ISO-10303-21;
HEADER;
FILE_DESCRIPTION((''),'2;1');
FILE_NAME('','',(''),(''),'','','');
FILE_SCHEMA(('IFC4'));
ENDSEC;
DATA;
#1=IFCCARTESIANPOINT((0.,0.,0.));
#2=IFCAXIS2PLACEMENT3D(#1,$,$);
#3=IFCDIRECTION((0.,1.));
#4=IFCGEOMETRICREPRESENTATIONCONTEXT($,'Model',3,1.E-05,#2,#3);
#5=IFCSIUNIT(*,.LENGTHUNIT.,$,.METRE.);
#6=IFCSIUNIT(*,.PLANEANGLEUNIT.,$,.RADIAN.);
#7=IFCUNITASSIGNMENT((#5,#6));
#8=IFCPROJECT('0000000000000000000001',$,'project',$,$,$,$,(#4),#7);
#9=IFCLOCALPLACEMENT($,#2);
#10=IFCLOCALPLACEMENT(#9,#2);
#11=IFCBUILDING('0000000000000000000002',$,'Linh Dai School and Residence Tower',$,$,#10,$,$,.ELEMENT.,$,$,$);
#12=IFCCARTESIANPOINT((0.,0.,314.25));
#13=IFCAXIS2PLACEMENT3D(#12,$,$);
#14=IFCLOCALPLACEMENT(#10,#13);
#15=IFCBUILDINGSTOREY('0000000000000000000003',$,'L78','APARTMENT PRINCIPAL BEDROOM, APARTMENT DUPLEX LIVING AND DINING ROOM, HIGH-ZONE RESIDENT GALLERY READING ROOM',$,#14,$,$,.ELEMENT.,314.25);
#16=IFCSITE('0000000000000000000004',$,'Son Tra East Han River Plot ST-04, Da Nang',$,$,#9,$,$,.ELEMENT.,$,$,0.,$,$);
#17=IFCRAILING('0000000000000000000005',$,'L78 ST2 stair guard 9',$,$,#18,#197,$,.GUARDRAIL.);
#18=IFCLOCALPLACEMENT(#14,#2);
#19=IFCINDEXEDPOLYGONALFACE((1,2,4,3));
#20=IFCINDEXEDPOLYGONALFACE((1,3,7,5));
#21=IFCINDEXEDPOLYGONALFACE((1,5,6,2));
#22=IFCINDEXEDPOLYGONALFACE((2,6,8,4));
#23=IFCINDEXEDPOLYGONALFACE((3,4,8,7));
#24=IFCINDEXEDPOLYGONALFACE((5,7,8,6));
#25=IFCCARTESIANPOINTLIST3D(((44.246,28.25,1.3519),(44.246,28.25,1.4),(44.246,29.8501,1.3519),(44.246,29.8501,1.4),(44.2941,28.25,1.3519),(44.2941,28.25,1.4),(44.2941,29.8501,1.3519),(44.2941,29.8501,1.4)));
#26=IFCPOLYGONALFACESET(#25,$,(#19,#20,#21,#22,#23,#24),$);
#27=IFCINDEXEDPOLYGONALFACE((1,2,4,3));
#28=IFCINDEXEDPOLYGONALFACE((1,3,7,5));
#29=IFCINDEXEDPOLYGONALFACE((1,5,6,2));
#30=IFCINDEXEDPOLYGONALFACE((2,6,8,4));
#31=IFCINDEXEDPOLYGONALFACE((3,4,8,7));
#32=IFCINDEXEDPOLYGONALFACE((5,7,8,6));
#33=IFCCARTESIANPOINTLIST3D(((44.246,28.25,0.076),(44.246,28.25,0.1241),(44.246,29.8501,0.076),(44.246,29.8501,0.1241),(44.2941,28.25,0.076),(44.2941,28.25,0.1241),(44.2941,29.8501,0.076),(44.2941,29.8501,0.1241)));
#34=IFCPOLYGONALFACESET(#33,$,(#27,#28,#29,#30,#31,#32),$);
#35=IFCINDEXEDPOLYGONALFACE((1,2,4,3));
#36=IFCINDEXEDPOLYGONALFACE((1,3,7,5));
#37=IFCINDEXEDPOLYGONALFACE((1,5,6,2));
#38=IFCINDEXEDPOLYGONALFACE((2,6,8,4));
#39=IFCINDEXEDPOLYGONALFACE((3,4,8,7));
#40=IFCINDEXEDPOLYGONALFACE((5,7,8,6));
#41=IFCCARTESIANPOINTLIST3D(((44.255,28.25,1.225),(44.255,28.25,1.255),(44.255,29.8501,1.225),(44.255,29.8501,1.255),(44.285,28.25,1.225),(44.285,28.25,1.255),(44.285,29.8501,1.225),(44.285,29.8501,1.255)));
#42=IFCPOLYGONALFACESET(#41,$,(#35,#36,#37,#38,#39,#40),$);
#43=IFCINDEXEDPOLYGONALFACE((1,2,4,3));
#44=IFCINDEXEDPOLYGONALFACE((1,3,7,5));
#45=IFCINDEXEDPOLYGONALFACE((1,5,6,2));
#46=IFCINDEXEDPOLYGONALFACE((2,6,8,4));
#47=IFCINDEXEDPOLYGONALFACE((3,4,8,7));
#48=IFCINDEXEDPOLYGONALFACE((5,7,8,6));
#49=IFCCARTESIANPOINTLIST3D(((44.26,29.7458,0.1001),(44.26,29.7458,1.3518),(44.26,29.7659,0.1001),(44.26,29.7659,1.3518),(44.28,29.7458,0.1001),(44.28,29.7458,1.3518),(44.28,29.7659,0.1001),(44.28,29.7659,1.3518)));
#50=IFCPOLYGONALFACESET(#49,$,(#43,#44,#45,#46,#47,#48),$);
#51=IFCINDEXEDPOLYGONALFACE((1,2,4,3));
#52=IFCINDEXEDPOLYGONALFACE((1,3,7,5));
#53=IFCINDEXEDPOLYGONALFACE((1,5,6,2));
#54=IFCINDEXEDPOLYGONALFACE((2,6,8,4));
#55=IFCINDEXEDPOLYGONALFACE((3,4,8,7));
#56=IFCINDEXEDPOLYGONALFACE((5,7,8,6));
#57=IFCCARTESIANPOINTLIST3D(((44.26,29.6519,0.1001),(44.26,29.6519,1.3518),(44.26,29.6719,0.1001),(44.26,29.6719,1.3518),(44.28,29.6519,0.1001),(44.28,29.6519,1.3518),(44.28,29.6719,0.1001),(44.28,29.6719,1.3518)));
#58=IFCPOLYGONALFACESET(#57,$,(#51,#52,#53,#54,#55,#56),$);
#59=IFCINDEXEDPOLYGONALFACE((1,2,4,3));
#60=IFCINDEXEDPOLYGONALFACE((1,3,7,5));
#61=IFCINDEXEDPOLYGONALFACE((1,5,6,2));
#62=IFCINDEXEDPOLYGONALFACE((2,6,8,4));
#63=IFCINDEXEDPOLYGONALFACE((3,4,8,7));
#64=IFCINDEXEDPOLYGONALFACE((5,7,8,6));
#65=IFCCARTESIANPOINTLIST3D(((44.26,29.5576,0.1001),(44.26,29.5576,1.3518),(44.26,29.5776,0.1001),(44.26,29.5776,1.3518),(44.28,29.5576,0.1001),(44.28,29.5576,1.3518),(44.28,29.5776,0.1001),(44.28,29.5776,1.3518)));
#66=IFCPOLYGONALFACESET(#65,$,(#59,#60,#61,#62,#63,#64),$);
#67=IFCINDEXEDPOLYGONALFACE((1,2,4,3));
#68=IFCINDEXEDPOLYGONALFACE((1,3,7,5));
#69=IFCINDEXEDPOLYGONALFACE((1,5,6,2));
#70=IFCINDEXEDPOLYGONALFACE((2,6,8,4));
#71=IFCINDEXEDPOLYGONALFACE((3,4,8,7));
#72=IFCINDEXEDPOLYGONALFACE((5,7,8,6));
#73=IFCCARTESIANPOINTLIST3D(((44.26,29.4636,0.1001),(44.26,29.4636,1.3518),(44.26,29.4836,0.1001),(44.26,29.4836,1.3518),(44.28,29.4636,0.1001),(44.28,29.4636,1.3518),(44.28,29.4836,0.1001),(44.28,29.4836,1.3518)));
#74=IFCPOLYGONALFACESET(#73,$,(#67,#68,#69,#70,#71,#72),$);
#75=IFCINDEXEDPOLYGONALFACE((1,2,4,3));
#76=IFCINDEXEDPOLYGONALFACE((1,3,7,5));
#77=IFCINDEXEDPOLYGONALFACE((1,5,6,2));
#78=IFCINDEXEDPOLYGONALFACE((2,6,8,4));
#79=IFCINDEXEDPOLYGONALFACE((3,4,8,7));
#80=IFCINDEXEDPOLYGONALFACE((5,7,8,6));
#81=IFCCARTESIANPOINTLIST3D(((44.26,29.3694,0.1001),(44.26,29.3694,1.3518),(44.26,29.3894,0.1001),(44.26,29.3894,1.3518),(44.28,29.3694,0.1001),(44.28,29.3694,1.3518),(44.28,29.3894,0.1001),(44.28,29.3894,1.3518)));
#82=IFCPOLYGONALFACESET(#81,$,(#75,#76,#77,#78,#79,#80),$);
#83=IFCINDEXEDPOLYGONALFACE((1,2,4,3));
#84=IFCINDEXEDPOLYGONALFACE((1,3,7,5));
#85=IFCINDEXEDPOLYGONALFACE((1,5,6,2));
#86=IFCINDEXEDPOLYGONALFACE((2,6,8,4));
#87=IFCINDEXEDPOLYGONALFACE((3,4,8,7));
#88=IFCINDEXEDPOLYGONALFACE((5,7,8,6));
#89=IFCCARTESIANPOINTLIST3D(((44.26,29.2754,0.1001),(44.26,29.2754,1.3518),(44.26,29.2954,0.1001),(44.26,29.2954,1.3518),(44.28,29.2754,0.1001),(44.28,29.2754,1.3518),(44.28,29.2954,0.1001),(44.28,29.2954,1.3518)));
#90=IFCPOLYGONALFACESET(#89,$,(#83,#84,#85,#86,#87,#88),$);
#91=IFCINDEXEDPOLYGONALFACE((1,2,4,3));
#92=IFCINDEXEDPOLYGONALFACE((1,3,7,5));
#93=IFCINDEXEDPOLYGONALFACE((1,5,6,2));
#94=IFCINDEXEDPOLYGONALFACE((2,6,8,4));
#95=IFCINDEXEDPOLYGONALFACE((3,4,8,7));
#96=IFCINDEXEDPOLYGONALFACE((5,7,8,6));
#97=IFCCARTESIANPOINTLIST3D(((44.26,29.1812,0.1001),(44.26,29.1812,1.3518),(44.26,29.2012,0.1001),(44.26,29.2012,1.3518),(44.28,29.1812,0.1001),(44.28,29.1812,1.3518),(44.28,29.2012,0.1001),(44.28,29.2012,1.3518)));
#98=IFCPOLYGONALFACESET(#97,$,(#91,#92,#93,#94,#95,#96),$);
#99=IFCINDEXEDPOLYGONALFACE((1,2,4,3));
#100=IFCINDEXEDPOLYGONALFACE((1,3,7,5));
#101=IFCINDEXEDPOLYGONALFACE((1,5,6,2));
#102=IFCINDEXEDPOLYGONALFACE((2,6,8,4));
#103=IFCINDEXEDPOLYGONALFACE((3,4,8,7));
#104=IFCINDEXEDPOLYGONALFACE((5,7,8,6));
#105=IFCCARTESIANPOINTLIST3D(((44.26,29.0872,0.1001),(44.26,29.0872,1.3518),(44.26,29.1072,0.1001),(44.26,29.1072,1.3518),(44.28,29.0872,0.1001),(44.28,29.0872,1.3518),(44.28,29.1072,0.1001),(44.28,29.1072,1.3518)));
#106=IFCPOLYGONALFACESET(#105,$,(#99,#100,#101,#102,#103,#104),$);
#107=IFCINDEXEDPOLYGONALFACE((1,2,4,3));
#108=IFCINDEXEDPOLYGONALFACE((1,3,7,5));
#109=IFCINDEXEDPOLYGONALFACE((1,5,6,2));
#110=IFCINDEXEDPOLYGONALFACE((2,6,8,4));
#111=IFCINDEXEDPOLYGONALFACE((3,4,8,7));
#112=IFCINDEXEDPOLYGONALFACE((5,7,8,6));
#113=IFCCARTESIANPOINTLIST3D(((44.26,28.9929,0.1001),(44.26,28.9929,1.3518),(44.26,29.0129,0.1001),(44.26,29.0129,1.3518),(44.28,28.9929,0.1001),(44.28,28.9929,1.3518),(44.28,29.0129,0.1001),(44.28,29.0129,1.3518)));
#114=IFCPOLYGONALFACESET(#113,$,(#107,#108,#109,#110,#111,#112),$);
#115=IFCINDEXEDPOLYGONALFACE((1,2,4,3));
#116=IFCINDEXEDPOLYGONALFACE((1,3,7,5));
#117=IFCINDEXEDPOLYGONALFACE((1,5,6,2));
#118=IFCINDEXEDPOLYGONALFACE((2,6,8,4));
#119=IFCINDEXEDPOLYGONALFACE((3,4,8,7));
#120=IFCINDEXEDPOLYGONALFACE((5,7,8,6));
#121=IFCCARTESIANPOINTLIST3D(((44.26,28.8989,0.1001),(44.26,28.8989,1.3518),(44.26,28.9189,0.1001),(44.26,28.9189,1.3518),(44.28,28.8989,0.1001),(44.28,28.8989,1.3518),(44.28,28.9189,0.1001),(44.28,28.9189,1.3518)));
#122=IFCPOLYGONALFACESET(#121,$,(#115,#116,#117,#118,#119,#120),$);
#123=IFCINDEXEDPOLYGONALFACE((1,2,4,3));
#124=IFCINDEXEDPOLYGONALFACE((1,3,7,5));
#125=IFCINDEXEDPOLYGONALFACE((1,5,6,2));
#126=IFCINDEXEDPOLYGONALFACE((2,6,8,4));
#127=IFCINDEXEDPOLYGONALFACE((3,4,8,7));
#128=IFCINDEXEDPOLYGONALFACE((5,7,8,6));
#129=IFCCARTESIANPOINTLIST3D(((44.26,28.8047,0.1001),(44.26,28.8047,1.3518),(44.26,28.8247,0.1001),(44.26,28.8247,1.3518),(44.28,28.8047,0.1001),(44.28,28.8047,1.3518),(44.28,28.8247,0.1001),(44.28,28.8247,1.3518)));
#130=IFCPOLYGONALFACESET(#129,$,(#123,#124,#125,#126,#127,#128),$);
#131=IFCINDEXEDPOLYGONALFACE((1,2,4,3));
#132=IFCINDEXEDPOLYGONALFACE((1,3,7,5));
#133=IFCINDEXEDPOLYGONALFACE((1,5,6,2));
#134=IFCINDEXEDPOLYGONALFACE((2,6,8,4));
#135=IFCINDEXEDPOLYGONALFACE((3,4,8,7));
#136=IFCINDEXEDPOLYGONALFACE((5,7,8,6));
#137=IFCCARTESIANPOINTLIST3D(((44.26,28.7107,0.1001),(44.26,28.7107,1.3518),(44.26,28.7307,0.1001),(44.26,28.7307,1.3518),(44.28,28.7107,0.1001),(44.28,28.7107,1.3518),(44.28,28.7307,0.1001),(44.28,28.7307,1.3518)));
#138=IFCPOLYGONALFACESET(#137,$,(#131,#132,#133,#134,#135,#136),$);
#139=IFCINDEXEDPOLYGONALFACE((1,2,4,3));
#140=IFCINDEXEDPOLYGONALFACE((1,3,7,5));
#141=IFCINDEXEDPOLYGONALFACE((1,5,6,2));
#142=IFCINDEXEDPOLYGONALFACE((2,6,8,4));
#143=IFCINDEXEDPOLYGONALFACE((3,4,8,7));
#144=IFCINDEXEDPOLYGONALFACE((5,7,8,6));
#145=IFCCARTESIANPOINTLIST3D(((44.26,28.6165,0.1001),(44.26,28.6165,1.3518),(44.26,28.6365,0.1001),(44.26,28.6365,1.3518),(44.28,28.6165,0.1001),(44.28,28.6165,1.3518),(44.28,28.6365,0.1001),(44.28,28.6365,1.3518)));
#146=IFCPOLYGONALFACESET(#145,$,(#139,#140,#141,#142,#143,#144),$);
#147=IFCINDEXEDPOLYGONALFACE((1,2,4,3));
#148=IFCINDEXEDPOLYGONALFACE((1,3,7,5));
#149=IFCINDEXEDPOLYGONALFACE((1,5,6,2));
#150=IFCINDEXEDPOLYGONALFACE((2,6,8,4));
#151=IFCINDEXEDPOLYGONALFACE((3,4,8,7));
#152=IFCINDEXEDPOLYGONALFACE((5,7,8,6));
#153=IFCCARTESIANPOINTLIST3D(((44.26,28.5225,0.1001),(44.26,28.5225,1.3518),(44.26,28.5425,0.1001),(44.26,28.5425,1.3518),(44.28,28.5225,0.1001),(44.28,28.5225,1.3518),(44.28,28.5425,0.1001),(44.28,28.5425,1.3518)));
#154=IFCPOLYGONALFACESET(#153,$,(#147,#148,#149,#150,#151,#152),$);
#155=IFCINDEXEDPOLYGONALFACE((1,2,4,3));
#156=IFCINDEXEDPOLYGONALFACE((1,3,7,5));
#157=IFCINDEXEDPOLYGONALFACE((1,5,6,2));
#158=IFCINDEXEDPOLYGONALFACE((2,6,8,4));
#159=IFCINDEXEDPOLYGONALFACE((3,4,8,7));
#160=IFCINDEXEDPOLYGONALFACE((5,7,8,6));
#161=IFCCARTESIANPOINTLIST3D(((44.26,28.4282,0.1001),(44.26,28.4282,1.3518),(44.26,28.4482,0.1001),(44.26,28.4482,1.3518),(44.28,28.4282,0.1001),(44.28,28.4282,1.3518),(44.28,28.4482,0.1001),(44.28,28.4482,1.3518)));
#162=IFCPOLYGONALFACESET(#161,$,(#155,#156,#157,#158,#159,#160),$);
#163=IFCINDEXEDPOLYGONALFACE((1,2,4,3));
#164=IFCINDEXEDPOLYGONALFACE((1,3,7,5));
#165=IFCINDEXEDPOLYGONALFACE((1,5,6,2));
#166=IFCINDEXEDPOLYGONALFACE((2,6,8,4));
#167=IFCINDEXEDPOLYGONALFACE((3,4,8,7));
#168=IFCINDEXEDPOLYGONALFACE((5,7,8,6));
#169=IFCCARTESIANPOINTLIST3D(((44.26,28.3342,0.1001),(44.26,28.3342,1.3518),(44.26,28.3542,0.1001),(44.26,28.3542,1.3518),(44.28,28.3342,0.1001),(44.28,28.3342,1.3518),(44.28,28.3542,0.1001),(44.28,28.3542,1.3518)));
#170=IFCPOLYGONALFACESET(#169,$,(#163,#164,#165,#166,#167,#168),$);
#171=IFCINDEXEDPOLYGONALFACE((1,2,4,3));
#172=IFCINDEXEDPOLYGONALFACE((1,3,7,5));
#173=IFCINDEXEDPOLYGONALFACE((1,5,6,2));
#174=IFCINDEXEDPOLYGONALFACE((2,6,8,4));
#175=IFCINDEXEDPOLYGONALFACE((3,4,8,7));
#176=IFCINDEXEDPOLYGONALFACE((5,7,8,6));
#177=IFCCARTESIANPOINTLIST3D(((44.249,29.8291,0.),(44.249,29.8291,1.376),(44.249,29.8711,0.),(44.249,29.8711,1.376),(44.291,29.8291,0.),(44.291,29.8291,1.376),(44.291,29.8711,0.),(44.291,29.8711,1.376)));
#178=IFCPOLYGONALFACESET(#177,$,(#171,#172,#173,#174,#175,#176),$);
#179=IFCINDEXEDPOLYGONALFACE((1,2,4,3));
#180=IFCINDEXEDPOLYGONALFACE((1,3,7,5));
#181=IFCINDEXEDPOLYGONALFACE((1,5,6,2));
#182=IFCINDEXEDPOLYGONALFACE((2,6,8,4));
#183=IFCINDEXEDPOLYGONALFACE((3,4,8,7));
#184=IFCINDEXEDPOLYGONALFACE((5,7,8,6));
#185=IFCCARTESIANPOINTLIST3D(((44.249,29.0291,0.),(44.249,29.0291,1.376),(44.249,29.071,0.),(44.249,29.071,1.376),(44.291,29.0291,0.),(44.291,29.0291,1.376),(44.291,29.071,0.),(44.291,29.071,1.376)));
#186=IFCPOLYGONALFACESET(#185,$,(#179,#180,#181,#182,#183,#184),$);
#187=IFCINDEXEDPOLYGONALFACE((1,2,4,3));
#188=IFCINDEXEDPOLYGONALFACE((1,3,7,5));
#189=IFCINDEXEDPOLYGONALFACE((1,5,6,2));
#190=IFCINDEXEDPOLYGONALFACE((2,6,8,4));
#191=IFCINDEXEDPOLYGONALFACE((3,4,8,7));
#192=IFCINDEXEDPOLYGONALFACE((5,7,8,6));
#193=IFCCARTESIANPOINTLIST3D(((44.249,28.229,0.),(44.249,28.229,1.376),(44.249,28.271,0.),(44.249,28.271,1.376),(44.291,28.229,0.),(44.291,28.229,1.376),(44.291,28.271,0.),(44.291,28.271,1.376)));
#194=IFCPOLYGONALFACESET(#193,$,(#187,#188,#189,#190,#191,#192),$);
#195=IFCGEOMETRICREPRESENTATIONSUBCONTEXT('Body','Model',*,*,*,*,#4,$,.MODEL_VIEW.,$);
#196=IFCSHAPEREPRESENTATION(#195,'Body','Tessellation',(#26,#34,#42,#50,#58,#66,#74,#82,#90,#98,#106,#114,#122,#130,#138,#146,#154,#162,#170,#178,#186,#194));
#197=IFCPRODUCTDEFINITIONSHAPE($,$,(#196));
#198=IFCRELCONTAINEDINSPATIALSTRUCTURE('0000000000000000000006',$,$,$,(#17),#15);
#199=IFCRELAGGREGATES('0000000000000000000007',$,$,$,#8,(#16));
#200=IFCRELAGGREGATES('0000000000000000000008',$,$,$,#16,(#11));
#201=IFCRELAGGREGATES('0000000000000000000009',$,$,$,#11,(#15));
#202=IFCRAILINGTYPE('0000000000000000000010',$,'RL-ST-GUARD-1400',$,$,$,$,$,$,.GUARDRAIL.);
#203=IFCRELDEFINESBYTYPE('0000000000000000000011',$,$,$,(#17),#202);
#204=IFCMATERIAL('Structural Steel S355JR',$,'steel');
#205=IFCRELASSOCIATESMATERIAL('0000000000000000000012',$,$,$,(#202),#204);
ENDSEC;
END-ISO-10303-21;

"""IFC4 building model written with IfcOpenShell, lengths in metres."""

from ifc_helpers import new_model, si_unit, direction, frame, origin, origin_2d, place, context, subcontext, project, spatial, rectangle, extrude, source, transform, mapped, material, type_object, element, save


model = new_model("IFC4")

# Units and contexts
model_context = context("Model", 3, precision=1e-05, world=origin(), true_north=direction((0.0, 1.0)))
body_context = subcontext(model_context, "Body", "Model", "MODEL_VIEW")
ifc_project = project(units=[si_unit("LENGTHUNIT", "METRE"), si_unit("PLANEANGLEUNIT", "RADIAN")], contexts=[model_context])

# Site, building, storey
site_placement = place(None, origin())
site = spatial("IfcSite", under=ifc_project, at=site_placement, Name="Son Tra East Han River Plot ST-04, Da Nang", CompositionType="ELEMENT", RefElevation=0.0)
building_placement = place(site_placement, origin())
building = spatial("IfcBuilding", under=site, at=building_placement, Name="Linh Dai School and Residence Tower", CompositionType="ELEMENT")
storey_placement = place(building_placement, frame((0.0, 0.0, 314.25)))
storey = spatial("IfcBuildingStorey", under=building, at=storey_placement, Name="L78", Description="APARTMENT PRINCIPAL BEDROOM, APARTMENT DUPLEX LIVING AND DINING ROOM, HIGH-ZONE RESIDENT GALLERY READING ROOM", CompositionType="ELEMENT", Elevation=314.25)

# Shared definitions
ifc_material_1 = material(Name="Structural Steel S355JR", Category="steel")

# Railing
railing_type_1 = type_object("IfcRailingType", Name="RL-ST-GUARD-1400", PredefinedType="GUARDRAIL", material=ifc_material_1)
shared_shape_1 = source(origin(), body_context, "Body", "SweptSolid", [
    extrude(rectangle(XDim=0.0481, YDim=0.0481, at=origin_2d()), frame((0.0, 0.0, 1.376), z_axis=(0.0, -1.0, 0.0), x_axis=(1.0, 0.0, 0.0)), (0.0, 0.0, 1.0), 1.6001),
    extrude(rectangle(XDim=0.0481, YDim=0.0481, at=origin_2d()), frame((0.0, 0.0, 0.1001), z_axis=(0.0, -1.0, 0.0), x_axis=(1.0, 0.0, 0.0)), (0.0, 0.0, 1.0), 1.6001),
    extrude(rectangle(XDim=0.03, YDim=0.03, at=origin_2d()), frame((0.0, 0.0, 1.24), z_axis=(0.0, -1.0, 0.0), x_axis=(1.0, 0.0, 0.0)), (0.0, 0.0, 1.0), 1.6001),
    extrude(rectangle(XDim=0.02, YDim=0.02, at=origin_2d()), frame((0.0, -0.0942, 0.1001)), (0.0, 0.0, 1.0), 1.2517),
    extrude(rectangle(XDim=0.02, YDim=0.02, at=origin_2d()), frame((0.0, -0.1882, 0.1001)), (0.0, 0.0, 1.0), 1.2517),
    extrude(rectangle(XDim=0.02, YDim=0.02, at=origin_2d()), frame((0.0, -0.2825, 0.1001)), (0.0, 0.0, 1.0), 1.2517),
    extrude(rectangle(XDim=0.02, YDim=0.02, at=origin_2d()), frame((0.0, -0.3765, 0.1001)), (0.0, 0.0, 1.0), 1.2517),
    extrude(rectangle(XDim=0.02, YDim=0.02, at=origin_2d()), frame((0.0, -0.4707, 0.1001)), (0.0, 0.0, 1.0), 1.2517),
    extrude(rectangle(XDim=0.02, YDim=0.02, at=origin_2d()), frame((0.0, -0.5647, 0.1001)), (0.0, 0.0, 1.0), 1.2517),
    extrude(rectangle(XDim=0.02, YDim=0.02, at=origin_2d()), frame((0.0, -0.6589, 0.1001)), (0.0, 0.0, 1.0), 1.2517),
    extrude(rectangle(XDim=0.02, YDim=0.02, at=origin_2d()), frame((0.0, -0.7529, 0.1001)), (0.0, 0.0, 1.0), 1.2517),
    extrude(rectangle(XDim=0.02, YDim=0.02, at=origin_2d()), frame((0.0, -0.8472, 0.1001)), (0.0, 0.0, 1.0), 1.2517),
    extrude(rectangle(XDim=0.02, YDim=0.02, at=origin_2d()), frame((0.0, -0.9412, 0.1001)), (0.0, 0.0, 1.0), 1.2517),
    extrude(rectangle(XDim=0.02, YDim=0.02, at=origin_2d()), frame((0.0, -1.0354, 0.1001)), (0.0, 0.0, 1.0), 1.2517),
    extrude(rectangle(XDim=0.02, YDim=0.02, at=origin_2d()), frame((0.0, -1.1294, 0.1001)), (0.0, 0.0, 1.0), 1.2517),
    extrude(rectangle(XDim=0.02, YDim=0.02, at=origin_2d()), frame((0.0, -1.2236, 0.1001)), (0.0, 0.0, 1.0), 1.2517),
    extrude(rectangle(XDim=0.02, YDim=0.02, at=origin_2d()), frame((0.0, -1.3176, 0.1001)), (0.0, 0.0, 1.0), 1.2517),
    extrude(rectangle(XDim=0.02, YDim=0.02, at=origin_2d()), frame((0.0, -1.4119, 0.1001)), (0.0, 0.0, 1.0), 1.2517),
    extrude(rectangle(XDim=0.02, YDim=0.02, at=origin_2d()), frame((0.0, -1.5059, 0.1001)), (0.0, 0.0, 1.0), 1.2517),
    extrude(rectangle(XDim=0.042, YDim=0.042, at=origin_2d()), origin(), (0.0, 0.0, 1.0), 1.376),
    extrude(rectangle(XDim=0.042, YDim=0.042, at=origin_2d()), frame((0.0, -0.8, 0.0)), (0.0, 0.0, 1.0), 1.376),
    extrude(rectangle(XDim=0.042, YDim=0.042, at=origin_2d()), frame((0.0, -1.6001, 0.0)), (0.0, 0.0, 1.0), 1.376),
])
for number, where, name in (
    (1, (44.27, 29.8501, 0.0), "L78 ST2 stair guard 9"),
):
    element("IfcRailing", number, at=place(storey_placement, frame(where)), inside=storey, type_object=railing_type_1, Name=name, PredefinedType="GUARDRAIL", context=body_context, shape_type="MappedRepresentation", body=[
        mapped(shared_shape_1, transform((0.0, 0.0, 0.0), x_axis=(1.0, 0.0, 0.0), y_axis=(0.0, 1.0, 0.0), z_axis=(0.0, 0.0, 1.0), scale=1.0)),
    ])

save(model, "model.ifc")
